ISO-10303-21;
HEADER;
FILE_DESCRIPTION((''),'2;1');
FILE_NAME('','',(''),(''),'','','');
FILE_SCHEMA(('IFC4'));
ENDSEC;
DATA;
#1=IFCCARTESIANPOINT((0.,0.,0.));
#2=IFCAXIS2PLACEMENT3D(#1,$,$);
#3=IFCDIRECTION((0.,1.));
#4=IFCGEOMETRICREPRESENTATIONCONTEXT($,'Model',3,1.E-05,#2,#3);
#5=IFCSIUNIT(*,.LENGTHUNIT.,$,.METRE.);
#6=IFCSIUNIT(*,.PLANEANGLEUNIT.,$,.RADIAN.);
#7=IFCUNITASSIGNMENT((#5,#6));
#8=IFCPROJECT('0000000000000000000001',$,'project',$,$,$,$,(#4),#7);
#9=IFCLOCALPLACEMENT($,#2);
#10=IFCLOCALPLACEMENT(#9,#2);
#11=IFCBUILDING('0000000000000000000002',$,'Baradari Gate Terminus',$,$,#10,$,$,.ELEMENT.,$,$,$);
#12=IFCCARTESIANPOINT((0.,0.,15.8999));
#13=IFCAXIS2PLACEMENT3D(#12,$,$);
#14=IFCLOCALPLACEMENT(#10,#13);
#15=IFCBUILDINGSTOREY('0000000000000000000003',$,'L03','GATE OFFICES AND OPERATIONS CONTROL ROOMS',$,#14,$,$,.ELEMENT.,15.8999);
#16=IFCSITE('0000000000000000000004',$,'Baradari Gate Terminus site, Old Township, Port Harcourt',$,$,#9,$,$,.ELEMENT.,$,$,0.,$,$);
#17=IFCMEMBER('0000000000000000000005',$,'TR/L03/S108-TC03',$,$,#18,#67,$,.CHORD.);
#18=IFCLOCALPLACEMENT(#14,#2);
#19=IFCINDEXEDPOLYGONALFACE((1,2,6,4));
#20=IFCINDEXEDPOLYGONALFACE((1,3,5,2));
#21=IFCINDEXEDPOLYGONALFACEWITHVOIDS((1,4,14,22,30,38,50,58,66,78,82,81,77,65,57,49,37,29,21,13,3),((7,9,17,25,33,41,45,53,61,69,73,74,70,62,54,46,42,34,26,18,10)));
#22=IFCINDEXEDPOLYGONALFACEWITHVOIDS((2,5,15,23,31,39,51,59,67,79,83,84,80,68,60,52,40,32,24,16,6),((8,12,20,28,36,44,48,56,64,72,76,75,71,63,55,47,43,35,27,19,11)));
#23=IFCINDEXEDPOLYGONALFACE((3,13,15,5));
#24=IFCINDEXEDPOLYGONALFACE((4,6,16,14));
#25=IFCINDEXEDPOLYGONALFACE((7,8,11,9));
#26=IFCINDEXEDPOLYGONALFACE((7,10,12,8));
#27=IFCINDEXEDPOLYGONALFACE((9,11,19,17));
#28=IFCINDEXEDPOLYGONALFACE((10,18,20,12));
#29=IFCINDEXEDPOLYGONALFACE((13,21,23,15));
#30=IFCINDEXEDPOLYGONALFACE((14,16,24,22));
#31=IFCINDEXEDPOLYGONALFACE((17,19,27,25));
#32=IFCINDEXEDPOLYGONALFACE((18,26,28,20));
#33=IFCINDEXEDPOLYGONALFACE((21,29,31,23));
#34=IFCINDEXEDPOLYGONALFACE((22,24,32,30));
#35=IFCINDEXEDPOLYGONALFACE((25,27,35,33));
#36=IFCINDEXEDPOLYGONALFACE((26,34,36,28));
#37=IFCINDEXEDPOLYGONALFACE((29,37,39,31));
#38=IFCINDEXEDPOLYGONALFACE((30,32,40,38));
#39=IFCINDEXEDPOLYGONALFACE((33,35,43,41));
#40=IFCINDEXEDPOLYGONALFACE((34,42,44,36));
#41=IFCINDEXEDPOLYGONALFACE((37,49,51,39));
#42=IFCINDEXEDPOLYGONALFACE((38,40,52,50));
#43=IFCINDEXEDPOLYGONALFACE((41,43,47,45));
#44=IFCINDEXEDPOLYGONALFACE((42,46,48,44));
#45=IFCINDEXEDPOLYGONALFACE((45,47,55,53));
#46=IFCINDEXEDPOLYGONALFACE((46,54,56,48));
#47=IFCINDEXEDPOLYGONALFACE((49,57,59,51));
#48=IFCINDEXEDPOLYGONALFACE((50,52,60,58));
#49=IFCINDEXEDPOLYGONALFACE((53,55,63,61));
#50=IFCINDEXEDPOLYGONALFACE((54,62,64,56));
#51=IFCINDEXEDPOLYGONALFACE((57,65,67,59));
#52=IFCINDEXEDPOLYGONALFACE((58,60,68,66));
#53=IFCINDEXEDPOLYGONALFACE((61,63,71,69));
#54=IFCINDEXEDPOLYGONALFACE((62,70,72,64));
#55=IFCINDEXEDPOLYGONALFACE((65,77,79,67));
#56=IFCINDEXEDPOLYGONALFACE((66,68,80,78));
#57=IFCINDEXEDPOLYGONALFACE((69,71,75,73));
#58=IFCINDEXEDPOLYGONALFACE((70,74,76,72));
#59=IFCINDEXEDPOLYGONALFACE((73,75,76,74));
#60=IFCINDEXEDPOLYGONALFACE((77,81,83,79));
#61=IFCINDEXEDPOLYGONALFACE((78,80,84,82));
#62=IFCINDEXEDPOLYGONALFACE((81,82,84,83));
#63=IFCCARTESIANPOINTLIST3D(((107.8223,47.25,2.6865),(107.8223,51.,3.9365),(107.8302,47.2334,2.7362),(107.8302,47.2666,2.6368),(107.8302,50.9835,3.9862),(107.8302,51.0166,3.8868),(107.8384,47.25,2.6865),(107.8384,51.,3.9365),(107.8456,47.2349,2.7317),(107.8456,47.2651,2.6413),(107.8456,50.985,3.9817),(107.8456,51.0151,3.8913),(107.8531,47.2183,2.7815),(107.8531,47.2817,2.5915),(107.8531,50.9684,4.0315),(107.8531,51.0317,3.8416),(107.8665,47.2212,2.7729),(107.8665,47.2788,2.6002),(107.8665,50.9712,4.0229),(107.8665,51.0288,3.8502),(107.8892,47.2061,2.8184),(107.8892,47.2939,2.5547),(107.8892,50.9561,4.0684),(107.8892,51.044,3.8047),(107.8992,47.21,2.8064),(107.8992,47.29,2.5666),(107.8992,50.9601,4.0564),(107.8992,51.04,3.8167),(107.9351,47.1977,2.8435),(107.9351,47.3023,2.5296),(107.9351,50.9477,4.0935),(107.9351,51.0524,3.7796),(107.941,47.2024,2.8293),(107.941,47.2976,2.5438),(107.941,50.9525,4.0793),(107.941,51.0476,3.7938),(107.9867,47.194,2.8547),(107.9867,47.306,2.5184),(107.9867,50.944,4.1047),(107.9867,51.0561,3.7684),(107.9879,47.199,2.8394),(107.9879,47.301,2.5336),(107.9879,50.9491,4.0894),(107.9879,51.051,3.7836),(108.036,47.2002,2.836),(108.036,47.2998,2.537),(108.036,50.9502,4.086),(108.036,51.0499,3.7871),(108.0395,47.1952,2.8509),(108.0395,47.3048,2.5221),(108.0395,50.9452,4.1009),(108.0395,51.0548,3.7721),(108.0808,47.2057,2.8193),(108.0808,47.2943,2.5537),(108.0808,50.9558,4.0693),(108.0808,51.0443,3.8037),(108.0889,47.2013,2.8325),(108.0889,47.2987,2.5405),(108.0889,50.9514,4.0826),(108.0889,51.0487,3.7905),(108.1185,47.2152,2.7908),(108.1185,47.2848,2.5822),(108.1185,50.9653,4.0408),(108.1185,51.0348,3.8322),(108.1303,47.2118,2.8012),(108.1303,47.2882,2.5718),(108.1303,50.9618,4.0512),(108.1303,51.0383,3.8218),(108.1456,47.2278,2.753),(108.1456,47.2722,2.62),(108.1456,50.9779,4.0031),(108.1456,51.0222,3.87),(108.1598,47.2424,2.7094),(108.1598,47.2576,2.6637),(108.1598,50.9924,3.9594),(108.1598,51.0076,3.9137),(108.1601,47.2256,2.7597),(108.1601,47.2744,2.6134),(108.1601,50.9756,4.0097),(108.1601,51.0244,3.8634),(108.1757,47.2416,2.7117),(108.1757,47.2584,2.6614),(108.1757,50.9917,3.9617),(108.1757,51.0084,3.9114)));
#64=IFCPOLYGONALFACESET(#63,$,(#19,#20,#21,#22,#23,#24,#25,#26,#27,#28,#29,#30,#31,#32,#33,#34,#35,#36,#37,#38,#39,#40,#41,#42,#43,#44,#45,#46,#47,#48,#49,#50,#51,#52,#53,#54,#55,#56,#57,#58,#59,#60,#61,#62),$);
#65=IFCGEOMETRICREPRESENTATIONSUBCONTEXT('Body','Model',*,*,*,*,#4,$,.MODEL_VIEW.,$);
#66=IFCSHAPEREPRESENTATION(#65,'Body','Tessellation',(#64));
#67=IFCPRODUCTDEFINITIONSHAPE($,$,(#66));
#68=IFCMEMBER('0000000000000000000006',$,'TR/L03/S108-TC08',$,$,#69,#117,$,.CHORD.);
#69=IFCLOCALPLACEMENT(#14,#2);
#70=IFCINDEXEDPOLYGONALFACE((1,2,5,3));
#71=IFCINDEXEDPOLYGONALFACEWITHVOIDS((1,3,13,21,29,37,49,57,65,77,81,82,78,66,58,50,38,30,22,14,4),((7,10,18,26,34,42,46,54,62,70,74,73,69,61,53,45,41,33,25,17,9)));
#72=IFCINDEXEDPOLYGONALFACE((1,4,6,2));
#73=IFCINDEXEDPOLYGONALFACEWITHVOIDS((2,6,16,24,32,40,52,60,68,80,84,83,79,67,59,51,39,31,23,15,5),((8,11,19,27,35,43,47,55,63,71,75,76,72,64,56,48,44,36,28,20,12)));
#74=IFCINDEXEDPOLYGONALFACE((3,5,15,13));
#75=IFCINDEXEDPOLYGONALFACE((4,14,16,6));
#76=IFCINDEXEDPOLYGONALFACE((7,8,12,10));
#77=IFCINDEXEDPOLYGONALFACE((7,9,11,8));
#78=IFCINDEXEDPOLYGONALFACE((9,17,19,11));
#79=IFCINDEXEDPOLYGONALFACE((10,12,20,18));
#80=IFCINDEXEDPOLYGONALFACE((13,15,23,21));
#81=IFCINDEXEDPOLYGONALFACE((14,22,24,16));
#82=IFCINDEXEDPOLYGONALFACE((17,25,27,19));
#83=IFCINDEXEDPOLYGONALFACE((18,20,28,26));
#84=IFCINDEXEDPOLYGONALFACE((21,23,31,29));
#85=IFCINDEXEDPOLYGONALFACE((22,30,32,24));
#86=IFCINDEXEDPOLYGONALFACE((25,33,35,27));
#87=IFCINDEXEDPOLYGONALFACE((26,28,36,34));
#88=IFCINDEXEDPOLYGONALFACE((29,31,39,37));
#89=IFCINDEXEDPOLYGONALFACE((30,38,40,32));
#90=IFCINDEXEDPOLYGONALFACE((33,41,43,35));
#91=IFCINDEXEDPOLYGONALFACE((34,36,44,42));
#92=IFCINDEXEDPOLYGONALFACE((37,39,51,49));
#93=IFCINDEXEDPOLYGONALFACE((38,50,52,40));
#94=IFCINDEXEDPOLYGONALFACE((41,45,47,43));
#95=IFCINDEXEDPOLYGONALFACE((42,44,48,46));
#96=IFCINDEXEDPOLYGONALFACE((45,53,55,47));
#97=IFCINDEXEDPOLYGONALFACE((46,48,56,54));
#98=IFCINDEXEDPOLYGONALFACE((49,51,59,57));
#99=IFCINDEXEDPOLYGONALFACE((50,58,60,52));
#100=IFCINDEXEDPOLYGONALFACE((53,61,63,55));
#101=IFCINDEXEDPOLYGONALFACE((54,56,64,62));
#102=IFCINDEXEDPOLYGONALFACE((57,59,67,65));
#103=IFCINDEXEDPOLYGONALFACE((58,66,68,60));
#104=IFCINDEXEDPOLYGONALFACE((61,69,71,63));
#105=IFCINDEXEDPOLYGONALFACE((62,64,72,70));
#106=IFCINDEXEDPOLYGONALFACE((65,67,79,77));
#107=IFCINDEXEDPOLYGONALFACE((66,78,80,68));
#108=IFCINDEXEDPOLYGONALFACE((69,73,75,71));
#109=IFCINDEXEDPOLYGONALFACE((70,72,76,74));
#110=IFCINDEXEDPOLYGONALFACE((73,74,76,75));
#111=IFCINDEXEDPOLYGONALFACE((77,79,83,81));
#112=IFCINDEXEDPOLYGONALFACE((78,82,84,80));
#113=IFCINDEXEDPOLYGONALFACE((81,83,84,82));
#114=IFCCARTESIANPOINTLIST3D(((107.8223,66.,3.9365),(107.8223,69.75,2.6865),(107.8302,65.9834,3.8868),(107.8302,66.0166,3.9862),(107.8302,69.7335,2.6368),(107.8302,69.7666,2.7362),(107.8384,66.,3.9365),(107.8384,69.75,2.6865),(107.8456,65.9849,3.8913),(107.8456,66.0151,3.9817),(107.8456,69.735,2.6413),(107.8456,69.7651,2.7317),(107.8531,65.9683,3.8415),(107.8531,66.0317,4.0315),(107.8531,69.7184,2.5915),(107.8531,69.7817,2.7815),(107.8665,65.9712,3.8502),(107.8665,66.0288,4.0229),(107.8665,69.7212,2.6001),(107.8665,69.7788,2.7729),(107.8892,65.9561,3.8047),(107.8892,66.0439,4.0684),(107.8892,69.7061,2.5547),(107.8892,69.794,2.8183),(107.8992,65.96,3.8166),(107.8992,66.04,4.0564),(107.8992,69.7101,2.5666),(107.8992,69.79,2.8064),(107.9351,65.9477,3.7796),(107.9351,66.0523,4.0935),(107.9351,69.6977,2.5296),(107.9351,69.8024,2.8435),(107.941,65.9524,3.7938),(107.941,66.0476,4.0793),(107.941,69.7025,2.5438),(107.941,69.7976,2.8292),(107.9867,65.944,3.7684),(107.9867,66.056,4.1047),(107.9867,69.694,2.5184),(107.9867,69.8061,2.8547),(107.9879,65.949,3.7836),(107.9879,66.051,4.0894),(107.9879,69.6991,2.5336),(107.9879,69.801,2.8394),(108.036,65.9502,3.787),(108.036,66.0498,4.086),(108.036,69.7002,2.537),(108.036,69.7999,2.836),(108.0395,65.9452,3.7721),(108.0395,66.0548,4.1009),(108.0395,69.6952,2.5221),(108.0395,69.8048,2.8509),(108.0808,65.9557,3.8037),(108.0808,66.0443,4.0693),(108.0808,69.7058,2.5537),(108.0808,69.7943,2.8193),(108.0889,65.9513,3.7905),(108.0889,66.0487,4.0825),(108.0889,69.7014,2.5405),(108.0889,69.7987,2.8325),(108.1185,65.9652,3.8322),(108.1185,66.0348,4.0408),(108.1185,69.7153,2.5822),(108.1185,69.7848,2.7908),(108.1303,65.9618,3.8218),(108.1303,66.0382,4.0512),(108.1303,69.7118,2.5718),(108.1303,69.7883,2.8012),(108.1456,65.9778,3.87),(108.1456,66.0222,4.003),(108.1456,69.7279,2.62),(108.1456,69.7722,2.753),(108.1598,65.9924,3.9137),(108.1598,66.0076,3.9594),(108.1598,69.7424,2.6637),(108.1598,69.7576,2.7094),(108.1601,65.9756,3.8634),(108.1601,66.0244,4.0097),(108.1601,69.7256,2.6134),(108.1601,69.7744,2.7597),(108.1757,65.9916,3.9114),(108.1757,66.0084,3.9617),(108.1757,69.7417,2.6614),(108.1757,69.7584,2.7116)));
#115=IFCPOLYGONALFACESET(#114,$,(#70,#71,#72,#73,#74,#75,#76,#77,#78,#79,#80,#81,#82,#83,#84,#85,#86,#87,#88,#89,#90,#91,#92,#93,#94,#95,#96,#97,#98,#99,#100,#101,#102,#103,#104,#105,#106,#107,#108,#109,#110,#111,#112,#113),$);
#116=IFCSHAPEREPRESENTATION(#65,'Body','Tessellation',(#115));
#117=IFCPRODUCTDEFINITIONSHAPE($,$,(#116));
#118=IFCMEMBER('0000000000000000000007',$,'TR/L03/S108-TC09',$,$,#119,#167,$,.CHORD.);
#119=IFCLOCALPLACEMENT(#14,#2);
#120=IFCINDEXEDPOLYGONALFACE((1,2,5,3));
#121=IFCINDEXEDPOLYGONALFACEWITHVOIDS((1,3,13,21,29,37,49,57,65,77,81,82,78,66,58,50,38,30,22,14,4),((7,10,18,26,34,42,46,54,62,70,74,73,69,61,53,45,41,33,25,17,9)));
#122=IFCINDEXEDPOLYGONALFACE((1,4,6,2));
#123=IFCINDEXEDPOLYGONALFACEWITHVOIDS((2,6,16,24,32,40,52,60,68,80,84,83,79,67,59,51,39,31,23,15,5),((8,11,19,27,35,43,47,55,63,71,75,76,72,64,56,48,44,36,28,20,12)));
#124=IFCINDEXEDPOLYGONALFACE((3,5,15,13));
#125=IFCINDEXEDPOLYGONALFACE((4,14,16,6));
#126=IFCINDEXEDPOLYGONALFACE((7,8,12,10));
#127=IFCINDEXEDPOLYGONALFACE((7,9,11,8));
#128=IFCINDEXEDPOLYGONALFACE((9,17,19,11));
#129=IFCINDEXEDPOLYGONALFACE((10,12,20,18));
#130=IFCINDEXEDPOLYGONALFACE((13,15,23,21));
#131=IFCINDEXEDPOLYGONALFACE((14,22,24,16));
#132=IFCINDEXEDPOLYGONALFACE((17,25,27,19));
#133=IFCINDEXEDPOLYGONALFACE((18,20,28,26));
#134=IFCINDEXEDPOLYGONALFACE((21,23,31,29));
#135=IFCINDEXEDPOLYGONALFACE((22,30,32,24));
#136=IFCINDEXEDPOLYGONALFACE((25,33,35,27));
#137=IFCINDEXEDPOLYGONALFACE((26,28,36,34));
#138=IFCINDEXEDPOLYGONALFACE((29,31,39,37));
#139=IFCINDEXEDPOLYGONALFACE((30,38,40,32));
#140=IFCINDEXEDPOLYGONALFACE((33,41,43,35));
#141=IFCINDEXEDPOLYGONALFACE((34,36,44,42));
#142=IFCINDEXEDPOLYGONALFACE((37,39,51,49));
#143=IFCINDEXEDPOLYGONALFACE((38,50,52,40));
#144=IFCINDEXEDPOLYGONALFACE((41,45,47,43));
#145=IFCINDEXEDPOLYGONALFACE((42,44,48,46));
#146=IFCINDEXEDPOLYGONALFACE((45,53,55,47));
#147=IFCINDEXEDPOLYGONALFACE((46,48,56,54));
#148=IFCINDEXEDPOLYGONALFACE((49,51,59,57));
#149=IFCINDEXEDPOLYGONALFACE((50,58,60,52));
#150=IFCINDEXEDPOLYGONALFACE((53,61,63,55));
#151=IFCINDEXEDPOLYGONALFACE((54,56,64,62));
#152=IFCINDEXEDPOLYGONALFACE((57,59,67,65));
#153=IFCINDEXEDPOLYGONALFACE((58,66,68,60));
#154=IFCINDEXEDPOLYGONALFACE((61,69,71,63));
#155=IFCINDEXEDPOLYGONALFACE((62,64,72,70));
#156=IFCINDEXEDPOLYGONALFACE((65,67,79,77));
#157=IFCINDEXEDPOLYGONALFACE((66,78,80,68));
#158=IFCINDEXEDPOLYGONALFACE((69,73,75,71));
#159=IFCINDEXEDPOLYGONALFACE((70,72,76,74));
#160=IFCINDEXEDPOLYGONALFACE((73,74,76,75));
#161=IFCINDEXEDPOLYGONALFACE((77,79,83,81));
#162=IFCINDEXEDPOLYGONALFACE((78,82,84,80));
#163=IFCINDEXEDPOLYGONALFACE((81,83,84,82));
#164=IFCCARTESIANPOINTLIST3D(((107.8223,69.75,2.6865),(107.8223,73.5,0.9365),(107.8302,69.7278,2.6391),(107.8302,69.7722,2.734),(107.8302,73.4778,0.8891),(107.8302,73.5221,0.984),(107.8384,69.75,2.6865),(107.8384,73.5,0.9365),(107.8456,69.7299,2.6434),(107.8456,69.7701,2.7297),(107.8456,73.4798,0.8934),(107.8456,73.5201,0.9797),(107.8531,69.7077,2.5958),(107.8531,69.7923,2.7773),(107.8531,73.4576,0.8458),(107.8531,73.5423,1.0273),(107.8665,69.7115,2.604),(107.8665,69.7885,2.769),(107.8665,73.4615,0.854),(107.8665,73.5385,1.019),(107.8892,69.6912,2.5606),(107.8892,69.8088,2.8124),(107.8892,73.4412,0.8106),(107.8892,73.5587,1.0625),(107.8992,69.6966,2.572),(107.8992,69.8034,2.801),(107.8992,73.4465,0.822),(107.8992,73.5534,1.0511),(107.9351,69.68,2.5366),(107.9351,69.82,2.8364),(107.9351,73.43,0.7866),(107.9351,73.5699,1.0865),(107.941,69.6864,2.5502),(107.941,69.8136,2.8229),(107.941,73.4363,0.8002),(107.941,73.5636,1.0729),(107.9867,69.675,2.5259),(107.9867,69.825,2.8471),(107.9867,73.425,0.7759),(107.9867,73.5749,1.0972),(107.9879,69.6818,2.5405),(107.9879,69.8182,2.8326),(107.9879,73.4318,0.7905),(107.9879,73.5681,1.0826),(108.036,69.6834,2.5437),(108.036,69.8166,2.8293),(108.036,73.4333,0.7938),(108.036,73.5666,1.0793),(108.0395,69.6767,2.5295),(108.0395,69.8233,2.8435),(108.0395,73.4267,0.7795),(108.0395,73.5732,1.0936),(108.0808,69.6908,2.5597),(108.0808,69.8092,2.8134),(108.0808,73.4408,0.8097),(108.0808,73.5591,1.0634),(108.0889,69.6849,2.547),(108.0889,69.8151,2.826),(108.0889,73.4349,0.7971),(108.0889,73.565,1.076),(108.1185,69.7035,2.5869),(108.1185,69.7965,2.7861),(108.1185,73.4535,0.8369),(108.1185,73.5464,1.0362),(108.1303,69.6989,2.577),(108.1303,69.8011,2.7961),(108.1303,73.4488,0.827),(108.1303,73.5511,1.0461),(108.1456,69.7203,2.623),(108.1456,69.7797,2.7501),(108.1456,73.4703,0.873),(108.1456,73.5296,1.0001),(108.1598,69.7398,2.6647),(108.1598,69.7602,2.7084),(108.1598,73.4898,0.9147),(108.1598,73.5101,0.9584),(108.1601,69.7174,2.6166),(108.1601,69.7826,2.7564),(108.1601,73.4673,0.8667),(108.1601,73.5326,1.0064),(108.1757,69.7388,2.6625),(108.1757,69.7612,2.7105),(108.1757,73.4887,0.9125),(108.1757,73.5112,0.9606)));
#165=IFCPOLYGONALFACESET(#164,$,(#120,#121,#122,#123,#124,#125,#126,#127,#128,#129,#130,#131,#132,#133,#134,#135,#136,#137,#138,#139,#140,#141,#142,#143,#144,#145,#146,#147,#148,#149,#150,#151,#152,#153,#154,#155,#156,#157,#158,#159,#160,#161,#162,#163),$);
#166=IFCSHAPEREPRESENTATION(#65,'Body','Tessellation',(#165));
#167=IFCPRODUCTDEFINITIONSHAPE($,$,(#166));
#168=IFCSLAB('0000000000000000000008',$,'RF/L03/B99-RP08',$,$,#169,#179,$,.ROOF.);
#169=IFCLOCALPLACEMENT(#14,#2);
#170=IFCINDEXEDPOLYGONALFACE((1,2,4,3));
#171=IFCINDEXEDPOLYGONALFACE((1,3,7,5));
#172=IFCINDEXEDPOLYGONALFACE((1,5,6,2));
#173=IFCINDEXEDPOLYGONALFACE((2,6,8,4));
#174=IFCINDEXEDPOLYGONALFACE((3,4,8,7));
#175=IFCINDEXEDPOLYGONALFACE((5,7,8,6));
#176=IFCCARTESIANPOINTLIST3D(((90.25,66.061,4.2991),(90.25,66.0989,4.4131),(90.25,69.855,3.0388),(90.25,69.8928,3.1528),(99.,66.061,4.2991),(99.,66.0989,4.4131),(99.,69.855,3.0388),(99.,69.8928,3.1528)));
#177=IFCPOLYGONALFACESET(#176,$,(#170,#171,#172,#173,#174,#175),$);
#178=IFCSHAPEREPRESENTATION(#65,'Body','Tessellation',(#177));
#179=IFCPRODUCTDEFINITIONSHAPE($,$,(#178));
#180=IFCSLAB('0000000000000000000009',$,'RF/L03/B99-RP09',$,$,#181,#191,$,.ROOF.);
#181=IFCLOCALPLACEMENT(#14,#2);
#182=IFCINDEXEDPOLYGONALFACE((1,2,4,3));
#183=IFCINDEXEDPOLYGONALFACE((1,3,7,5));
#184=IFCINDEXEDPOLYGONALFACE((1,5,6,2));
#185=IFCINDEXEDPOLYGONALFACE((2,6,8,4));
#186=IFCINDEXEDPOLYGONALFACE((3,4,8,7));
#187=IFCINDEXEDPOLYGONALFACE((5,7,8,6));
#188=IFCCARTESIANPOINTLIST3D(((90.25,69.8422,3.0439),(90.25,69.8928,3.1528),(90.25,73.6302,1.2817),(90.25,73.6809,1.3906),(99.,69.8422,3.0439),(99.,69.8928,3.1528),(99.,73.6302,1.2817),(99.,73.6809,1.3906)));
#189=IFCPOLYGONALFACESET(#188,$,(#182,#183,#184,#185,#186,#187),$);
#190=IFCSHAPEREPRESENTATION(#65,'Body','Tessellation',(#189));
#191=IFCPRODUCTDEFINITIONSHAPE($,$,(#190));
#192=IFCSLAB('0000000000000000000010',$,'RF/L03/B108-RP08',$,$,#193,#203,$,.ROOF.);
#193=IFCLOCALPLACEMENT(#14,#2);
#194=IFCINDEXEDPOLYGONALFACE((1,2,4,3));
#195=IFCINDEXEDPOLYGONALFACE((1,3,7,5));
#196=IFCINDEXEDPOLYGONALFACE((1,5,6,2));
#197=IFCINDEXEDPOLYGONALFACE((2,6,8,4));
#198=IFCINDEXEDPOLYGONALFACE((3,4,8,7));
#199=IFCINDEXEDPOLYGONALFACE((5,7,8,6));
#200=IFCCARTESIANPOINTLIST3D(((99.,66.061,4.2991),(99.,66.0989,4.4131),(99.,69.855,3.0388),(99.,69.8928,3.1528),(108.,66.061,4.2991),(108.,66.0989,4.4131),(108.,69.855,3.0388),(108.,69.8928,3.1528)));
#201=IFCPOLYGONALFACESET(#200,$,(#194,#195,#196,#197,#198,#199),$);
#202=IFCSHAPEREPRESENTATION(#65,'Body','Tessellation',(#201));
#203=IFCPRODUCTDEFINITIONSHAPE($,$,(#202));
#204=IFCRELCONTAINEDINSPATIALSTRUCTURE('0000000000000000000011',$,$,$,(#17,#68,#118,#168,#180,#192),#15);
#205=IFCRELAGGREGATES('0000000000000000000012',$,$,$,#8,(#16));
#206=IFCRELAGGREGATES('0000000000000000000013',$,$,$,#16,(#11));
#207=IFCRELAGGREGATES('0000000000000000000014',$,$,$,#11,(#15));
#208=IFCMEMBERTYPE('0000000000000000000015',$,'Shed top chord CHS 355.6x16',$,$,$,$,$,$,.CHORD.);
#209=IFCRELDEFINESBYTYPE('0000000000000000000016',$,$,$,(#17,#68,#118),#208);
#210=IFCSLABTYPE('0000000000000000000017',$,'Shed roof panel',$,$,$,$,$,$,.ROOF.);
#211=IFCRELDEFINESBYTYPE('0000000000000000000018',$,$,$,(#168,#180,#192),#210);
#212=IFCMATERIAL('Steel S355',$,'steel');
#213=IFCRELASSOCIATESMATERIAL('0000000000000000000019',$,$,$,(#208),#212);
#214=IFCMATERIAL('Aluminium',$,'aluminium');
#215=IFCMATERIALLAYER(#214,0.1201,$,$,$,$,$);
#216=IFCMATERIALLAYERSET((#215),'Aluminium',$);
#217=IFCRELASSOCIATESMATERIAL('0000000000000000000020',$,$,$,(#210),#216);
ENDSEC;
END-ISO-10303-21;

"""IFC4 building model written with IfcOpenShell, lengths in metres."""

from ifc_helpers import new_model, si_unit, direction, frame, origin, origin_2d, place, context, subcontext, project, spatial, polyline, hollow_circle, outline, extrude, material, layer, layer_set, material_profile, profile_set, type_object, element, save


model = new_model("IFC4")

# Units and contexts
model_context = context("Model", 3, precision=1e-05, world=origin(), true_north=direction((0.0, 1.0)))
body_context = subcontext(model_context, "Body", "Model", "MODEL_VIEW")
ifc_project = project(units=[si_unit("LENGTHUNIT", "METRE"), si_unit("PLANEANGLEUNIT", "RADIAN")], contexts=[model_context])

# Site, building, storey
site_placement = place(None, origin())
site = spatial("IfcSite", under=ifc_project, at=site_placement, Name="Baradari Gate Terminus site, Old Township, Port Harcourt", CompositionType="ELEMENT", RefElevation=0.0)
building_placement = place(site_placement, origin())
building = spatial("IfcBuilding", under=site, at=building_placement, Name="Baradari Gate Terminus", CompositionType="ELEMENT")
storey_placement = place(building_placement, frame((0.0, 0.0, 15.8999)))
storey = spatial("IfcBuildingStorey", under=building, at=storey_placement, Name="L03", Description="GATE OFFICES AND OPERATIONS CONTROL ROOMS", CompositionType="ELEMENT", Elevation=15.8999)

# Members
ifc_material_1 = material(Name="Steel S355", Category="steel")
ifc_material_profile_1 = material_profile(ifc_material_1, hollow_circle(Radius=0.1777, WallThickness=0.0161, at=origin_2d()), Name="CHS 355.6x16")
ifc_profile_set_1 = profile_set([ifc_material_profile_1], Name="Steel S355")
member_type_1 = type_object("IfcMemberType", Name="Shed top chord CHS 355.6x16", PredefinedType="CHORD", material=ifc_profile_set_1)
for number, where, z_axis, x_axis, name in (
    (1, (108.0, 47.25, 2.6865), (0.0, 0.948683, 0.316228), (-1.0, 0.0, 0.0), "TR/L03/S108-TC03"),
    (2, (108.0, 66.0, 3.9365), (0.0, 0.948683, -0.316228), (-1.0, 0.0, 0.0), "TR/L03/S108-TC08"),
):
    element("IfcMember", number, at=place(storey_placement, frame(where, z_axis=z_axis, x_axis=x_axis)), inside=storey, type_object=member_type_1, Name=name, PredefinedType="CHORD", context=body_context, shape_type="SweptSolid", body=[
        extrude(hollow_circle(Radius=0.1777, WallThickness=0.0161, at=origin_2d()), origin(), (0.0, 0.0, 1.0), 3.9529),
    ])
member_1_placement = place(storey_placement, frame((108.0, 69.75, 2.6865), z_axis=(0.0, 0.906183, -0.422885), x_axis=(-1.0, 0.0, 0.0)))
element("IfcMember", 3, at=member_1_placement, inside=storey, type_object=member_type_1, Name="TR/L03/S108-TC09", PredefinedType="CHORD", context=body_context, shape_type="SweptSolid", body=[
    extrude(hollow_circle(Radius=0.1777, WallThickness=0.0161, at=origin_2d()), origin(), (0.0, 0.0, 1.0), 4.1382),
])

# Slabs
ifc_material_2 = material(Name="Aluminium", Category="aluminium")
ifc_layer = layer(ifc_material_2, 0.1201)
ifc_layer_set = layer_set([ifc_layer], Name="Aluminium")
slab_type = type_object("IfcSlabType", Name="Shed roof panel", PredefinedType="ROOF", material=ifc_layer_set)
slab_1_placement = place(storey_placement, frame((90.25, 66.0989, 4.4131), z_axis=(0.0, 0.315238, 0.949013), x_axis=(1.0, 0.0, 0.0)))
element("IfcSlab", 4, at=slab_1_placement, inside=storey, type_object=slab_type, Name="RF/L03/B99-RP08", PredefinedType="ROOF", context=body_context, shape_type="SweptSolid", body=[
    extrude(outline(polyline([(0.0, 0.0), (8.75, 0.0), (8.75, 3.9978), (0.0, 3.9978), (0.0, 0.0)])), origin(), (0.0, 0.0, -1.0), 0.1201),
])
slab_2_placement = place(storey_placement, frame((90.25, 69.8928, 3.1528), z_axis=(0.0, 0.421791, 0.906693), x_axis=(1.0, 0.0, 0.0)))
element("IfcSlab", 5, at=slab_2_placement, inside=storey, type_object=slab_type, Name="RF/L03/B99-RP09", PredefinedType="ROOF", context=body_context, shape_type="SweptSolid", body=[
    extrude(outline(polyline([(0.0, 0.0), (8.75, 0.0), (8.75, 4.1779), (0.0, 4.1779), (0.0, 0.0)])), origin(), (0.0, 0.0, -1.0), 0.1201),
])
slab_3_placement = place(storey_placement, frame((99.0, 66.0989, 4.4131), z_axis=(0.0, 0.315238, 0.949013), x_axis=(1.0, 0.0, 0.0)))
element("IfcSlab", 6, at=slab_3_placement, inside=storey, type_object=slab_type, Name="RF/L03/B108-RP08", PredefinedType="ROOF", context=body_context, shape_type="SweptSolid", body=[
    extrude(outline(polyline([(0.0, 0.0), (9.0, 0.0), (9.0, 3.9978), (0.0, 3.9978), (0.0, 0.0)])), origin(), (0.0, 0.0, -1.0), 0.1201),
])

save(model, "model.ifc")
